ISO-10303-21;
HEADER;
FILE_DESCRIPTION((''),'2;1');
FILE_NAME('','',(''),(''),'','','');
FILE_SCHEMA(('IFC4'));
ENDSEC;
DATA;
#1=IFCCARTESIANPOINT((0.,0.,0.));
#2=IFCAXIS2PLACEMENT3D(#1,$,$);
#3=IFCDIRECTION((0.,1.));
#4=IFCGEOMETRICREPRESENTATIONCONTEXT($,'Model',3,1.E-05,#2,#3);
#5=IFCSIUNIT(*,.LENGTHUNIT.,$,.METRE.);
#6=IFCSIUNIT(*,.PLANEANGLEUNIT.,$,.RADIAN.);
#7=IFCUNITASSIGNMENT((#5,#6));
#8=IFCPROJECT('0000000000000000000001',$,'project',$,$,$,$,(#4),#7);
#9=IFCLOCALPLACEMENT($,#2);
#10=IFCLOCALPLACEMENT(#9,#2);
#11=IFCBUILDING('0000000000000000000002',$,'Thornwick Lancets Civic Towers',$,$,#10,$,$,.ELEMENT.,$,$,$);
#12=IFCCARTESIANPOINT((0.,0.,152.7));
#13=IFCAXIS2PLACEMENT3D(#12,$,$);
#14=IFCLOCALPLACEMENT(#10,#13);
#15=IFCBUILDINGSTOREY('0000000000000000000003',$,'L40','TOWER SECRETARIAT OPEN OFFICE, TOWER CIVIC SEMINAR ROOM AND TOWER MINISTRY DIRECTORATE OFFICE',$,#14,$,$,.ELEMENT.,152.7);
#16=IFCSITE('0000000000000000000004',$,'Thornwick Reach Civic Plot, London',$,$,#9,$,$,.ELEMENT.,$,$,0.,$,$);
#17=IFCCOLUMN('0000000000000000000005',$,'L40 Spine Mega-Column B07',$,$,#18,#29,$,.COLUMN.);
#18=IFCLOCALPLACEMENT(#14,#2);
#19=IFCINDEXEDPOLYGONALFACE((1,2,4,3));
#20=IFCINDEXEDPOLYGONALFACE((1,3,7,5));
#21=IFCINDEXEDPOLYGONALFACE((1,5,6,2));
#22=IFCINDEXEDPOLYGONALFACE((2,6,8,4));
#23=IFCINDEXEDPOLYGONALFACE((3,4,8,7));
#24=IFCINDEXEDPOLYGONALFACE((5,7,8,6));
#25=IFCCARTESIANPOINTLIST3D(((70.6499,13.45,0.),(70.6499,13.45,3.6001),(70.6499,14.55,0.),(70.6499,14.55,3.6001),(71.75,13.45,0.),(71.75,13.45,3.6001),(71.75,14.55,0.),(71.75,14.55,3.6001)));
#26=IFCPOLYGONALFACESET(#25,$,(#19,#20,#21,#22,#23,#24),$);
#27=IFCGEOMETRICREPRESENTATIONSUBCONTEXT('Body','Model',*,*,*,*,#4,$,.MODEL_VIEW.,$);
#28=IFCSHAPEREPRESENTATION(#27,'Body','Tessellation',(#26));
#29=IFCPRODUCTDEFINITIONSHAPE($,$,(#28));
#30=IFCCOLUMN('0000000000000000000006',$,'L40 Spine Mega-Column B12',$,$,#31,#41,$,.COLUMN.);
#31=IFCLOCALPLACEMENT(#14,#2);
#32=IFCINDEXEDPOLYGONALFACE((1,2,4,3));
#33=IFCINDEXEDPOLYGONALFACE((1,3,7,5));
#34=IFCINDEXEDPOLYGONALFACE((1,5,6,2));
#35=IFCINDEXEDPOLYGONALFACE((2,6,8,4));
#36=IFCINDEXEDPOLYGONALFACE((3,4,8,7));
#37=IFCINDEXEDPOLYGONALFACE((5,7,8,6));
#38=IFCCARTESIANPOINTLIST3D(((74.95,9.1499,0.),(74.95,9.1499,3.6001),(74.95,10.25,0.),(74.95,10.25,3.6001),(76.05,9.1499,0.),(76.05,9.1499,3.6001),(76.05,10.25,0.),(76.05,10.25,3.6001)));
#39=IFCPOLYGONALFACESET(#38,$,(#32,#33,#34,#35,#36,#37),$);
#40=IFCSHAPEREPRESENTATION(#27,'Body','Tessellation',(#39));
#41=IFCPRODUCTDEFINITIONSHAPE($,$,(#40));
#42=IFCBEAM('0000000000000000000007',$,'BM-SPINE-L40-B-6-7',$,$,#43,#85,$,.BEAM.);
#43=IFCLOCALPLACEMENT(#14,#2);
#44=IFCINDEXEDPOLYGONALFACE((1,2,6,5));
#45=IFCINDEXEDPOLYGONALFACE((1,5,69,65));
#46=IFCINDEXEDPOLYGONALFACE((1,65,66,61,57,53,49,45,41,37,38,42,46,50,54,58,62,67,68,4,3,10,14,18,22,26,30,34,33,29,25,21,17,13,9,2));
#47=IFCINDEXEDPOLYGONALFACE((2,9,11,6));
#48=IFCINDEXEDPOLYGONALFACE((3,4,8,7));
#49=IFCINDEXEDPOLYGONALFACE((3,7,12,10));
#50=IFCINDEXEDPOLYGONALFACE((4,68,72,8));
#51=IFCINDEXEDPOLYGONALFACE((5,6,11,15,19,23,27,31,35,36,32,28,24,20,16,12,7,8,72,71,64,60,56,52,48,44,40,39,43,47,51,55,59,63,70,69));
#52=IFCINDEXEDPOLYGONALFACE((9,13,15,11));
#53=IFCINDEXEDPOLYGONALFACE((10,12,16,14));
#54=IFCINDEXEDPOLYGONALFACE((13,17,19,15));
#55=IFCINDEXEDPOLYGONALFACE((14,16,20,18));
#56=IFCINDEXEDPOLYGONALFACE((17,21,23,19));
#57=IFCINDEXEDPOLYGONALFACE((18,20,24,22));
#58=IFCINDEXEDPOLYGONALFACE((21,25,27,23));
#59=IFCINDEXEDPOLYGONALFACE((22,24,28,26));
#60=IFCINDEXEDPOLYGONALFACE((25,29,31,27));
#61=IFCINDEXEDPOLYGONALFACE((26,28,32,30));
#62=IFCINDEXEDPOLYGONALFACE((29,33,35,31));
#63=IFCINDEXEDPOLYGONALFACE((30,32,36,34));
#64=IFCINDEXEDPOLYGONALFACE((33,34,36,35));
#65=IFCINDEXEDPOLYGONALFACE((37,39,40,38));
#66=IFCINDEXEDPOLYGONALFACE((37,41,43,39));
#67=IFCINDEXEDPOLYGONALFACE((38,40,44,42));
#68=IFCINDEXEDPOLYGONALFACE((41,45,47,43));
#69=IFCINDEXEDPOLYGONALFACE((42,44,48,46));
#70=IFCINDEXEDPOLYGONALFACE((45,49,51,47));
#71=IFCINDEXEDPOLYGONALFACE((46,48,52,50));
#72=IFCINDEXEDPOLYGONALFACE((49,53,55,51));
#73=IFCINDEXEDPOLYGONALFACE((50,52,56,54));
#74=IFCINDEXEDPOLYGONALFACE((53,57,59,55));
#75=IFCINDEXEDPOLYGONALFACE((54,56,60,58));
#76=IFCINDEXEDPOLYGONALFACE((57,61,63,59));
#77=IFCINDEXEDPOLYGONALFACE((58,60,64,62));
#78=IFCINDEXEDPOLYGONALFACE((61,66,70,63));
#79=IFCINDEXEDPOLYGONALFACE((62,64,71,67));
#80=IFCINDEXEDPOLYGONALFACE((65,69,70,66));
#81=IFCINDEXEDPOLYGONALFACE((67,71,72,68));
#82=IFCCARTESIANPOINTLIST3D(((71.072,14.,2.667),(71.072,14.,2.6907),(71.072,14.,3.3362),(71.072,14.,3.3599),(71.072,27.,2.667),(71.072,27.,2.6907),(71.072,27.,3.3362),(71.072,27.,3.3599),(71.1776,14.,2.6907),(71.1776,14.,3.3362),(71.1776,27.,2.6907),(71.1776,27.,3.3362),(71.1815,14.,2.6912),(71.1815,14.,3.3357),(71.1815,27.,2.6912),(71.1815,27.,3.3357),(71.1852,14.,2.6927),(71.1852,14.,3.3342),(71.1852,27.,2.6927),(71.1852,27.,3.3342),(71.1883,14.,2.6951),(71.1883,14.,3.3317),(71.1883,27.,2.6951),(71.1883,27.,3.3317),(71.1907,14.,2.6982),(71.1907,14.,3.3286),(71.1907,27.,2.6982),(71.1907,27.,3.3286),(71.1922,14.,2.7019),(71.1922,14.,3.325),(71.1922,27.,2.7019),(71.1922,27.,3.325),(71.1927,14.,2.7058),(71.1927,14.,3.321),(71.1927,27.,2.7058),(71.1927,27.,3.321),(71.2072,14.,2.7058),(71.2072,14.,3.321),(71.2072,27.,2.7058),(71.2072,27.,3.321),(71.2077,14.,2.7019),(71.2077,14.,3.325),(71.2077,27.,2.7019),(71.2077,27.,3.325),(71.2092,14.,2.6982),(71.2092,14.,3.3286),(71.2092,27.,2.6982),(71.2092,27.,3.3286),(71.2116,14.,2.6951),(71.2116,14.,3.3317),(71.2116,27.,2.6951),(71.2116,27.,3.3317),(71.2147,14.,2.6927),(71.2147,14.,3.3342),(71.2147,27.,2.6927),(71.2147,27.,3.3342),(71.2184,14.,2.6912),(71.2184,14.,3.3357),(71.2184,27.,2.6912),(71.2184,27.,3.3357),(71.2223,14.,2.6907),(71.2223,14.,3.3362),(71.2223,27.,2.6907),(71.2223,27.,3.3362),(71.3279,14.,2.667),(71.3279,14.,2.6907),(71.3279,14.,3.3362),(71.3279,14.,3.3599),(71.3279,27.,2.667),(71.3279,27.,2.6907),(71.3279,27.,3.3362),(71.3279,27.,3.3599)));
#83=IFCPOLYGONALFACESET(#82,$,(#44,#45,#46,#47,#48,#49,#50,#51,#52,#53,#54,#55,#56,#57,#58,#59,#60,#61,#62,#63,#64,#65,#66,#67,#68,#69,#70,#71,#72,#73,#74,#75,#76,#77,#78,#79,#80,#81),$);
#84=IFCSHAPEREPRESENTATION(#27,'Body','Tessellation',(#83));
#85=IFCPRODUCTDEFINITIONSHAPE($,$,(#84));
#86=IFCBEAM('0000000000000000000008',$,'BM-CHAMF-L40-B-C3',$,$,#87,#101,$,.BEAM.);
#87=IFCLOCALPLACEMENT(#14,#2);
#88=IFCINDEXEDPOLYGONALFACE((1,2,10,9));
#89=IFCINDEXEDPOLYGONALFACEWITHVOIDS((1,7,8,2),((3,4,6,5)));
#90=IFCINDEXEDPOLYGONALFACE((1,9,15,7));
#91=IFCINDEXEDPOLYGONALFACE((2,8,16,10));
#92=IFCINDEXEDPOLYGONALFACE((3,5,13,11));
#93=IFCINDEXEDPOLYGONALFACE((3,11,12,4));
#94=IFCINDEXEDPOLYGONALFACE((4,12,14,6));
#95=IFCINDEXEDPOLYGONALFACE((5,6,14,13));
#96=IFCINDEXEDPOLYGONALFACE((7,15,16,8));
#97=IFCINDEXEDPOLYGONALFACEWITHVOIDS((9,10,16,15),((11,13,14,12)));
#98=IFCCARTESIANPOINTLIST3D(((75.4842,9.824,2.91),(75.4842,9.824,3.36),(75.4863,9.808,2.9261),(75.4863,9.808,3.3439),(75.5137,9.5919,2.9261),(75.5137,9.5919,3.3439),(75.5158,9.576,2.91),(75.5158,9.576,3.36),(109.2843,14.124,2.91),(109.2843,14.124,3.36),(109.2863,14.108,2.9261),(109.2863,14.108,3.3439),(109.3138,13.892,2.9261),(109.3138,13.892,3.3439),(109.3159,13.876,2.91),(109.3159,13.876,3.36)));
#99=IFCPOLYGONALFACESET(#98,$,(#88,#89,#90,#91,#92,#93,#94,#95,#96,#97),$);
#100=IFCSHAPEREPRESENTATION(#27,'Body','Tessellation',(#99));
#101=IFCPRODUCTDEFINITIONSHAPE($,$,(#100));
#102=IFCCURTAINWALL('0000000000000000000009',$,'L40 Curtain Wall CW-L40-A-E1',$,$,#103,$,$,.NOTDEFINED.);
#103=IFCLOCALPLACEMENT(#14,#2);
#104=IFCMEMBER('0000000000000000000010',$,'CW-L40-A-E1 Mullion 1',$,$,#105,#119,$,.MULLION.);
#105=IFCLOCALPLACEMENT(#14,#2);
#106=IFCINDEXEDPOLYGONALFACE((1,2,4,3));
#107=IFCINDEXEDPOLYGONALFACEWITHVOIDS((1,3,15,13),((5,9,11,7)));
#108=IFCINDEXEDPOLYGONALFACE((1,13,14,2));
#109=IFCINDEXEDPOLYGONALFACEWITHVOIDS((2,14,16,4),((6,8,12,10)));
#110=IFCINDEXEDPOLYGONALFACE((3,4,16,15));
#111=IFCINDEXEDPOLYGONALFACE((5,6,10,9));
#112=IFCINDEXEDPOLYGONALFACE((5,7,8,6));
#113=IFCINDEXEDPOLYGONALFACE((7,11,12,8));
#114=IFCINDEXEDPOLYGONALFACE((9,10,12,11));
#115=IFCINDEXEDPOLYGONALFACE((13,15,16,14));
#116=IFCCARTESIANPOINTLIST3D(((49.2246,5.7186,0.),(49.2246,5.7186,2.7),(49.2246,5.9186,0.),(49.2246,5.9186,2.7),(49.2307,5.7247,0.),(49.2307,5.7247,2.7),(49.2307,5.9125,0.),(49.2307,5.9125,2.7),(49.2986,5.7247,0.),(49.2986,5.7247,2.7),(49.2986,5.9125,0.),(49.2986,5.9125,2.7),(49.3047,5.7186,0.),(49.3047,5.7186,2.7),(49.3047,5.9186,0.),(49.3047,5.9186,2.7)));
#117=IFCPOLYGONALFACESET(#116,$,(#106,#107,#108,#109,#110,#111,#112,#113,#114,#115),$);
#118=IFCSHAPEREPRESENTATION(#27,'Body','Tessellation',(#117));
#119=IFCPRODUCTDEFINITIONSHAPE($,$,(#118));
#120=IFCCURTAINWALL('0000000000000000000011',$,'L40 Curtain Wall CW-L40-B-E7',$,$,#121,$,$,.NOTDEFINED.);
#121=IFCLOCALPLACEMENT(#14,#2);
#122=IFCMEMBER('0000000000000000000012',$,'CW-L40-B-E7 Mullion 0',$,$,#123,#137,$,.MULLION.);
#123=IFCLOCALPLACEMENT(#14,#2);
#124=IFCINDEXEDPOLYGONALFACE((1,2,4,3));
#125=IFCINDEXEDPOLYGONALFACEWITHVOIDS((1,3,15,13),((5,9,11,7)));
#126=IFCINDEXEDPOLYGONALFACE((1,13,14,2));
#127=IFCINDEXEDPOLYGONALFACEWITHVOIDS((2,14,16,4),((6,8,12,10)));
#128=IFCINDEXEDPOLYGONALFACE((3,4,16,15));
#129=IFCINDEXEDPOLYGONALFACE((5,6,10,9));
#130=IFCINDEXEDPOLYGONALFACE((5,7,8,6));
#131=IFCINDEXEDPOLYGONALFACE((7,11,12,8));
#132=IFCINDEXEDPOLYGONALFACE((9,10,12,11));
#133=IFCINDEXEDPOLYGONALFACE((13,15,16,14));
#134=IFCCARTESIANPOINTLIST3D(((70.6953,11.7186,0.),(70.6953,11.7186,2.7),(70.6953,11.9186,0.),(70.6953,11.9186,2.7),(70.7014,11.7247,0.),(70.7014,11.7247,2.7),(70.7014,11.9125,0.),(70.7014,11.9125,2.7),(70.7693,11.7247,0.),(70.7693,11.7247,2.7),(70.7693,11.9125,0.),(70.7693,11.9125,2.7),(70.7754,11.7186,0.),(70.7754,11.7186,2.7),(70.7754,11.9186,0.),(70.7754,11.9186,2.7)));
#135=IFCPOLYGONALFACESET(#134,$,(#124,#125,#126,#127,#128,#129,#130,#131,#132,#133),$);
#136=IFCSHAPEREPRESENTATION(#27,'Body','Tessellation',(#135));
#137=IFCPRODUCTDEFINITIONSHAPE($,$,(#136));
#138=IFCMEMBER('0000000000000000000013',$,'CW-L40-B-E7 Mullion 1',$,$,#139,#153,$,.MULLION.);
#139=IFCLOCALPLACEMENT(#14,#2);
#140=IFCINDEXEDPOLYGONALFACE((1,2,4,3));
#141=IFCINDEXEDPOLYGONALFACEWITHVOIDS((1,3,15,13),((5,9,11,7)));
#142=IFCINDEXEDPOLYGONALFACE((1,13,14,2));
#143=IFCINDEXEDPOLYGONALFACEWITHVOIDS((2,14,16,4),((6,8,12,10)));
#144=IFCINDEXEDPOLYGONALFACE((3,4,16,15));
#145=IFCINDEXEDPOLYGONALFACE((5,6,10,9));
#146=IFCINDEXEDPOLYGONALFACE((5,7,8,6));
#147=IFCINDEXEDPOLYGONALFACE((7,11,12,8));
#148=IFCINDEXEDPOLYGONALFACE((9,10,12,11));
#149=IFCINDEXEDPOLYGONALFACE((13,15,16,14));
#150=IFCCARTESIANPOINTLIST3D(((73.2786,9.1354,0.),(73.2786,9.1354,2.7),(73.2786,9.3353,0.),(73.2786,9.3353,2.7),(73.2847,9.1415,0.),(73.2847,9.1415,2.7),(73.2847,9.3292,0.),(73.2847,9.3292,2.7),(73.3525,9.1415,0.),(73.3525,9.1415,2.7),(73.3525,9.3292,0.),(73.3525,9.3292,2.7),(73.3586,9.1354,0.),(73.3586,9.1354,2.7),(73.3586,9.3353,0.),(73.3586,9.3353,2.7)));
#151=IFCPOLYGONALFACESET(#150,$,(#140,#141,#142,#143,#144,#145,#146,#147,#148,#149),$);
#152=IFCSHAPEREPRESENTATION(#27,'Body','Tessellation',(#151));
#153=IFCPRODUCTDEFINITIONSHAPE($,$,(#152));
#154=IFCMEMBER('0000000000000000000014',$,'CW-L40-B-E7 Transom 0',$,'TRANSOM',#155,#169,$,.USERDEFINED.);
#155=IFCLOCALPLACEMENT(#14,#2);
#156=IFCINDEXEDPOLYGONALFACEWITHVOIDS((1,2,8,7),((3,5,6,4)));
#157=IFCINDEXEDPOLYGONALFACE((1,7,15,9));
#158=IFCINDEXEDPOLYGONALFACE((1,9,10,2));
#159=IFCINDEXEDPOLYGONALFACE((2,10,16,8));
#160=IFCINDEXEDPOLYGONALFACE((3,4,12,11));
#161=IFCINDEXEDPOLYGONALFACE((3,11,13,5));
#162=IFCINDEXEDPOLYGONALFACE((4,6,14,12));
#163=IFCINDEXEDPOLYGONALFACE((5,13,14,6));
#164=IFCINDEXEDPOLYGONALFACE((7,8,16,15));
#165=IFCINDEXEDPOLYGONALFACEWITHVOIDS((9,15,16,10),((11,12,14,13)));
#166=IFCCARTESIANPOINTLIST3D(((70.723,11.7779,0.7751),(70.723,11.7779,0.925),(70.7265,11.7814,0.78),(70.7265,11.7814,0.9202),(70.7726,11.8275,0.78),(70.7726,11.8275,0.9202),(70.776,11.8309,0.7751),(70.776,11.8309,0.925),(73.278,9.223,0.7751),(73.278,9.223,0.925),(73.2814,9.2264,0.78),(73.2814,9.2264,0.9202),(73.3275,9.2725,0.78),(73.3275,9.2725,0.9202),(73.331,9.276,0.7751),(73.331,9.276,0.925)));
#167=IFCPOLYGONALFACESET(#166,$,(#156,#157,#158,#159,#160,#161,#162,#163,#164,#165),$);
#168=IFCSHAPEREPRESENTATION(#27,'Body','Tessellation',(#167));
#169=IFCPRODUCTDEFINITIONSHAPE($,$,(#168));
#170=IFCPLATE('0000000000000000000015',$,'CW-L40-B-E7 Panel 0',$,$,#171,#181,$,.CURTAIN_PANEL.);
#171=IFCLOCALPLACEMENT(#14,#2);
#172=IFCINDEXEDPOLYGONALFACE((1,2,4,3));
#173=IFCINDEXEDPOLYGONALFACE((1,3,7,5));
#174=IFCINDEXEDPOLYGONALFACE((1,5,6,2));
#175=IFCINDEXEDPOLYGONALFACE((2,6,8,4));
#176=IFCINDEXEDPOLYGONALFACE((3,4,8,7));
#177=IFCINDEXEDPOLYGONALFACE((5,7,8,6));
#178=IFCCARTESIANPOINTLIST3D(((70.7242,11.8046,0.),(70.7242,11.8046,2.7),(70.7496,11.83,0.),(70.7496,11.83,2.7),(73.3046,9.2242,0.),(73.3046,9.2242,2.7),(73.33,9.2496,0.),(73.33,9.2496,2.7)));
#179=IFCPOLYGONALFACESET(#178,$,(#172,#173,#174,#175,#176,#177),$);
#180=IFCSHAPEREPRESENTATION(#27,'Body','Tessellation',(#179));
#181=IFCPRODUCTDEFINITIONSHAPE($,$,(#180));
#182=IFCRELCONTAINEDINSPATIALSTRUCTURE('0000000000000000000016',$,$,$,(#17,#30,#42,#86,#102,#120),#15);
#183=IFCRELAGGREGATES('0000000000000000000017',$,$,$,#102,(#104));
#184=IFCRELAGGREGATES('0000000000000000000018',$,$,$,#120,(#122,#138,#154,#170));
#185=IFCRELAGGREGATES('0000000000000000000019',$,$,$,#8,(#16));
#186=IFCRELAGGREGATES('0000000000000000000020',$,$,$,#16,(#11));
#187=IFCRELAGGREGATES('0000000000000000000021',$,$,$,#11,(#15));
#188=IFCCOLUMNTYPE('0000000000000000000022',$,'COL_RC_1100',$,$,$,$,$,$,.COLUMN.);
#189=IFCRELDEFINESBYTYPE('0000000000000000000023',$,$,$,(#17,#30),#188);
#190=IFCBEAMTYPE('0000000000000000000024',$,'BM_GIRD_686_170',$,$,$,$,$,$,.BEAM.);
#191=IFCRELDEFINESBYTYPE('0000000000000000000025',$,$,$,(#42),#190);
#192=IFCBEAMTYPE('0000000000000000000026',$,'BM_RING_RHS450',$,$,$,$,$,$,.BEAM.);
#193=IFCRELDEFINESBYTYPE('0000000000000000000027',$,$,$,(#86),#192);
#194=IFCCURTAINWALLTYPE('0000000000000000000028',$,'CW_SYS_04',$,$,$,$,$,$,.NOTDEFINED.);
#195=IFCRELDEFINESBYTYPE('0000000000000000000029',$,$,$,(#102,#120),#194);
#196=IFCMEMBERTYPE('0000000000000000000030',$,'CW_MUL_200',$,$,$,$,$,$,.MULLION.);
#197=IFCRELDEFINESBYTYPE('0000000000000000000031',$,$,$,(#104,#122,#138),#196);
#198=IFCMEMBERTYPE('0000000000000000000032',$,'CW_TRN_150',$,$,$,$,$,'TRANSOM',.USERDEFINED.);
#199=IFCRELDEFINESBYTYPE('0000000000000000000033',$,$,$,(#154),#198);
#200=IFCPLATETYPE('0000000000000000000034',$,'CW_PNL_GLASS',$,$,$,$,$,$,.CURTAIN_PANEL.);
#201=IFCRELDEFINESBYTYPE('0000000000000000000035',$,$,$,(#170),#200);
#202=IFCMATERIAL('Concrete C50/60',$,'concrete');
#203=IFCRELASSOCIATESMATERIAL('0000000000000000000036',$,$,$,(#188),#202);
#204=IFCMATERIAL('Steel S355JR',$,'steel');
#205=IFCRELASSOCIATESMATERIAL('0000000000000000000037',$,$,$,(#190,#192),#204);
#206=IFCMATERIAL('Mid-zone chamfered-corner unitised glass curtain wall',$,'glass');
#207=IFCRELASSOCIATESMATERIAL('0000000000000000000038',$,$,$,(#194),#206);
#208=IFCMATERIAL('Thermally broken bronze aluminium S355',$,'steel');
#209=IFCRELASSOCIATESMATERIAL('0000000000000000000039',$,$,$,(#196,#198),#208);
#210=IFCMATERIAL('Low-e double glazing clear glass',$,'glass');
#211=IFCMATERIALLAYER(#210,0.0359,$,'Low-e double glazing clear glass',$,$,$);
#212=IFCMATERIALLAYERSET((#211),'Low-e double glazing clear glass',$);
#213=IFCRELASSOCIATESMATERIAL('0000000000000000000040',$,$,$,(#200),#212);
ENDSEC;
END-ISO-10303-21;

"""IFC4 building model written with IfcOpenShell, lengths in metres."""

from ifc_helpers import new_model, si_unit, direction, frame, origin, origin_2d, place, context, subcontext, project, spatial, rectangle, hollow_rectangle, i_section, extrude, material, layer, layer_set, material_profile, profile_set, type_object, element, aggregate, save


model = new_model("IFC4")

# Units and contexts
model_context = context("Model", 3, precision=1e-05, world=origin(), true_north=direction((0.0, 1.0)))
body_context = subcontext(model_context, "Body", "Model", "MODEL_VIEW")
ifc_project = project(units=[si_unit("LENGTHUNIT", "METRE"), si_unit("PLANEANGLEUNIT", "RADIAN")], contexts=[model_context])

# Site, building, storey
site_placement = place(None, origin())
site = spatial("IfcSite", under=ifc_project, at=site_placement, Name="Thornwick Reach Civic Plot, London", CompositionType="ELEMENT", RefElevation=0.0)
building_placement = place(site_placement, origin())
building = spatial("IfcBuilding", under=site, at=building_placement, Name="Thornwick Lancets Civic Towers", CompositionType="ELEMENT")
storey_placement = place(building_placement, frame((0.0, 0.0, 152.7)))
storey = spatial("IfcBuildingStorey", under=building, at=storey_placement, Name="L40", Description="TOWER SECRETARIAT OPEN OFFICE, TOWER CIVIC SEMINAR ROOM AND TOWER MINISTRY DIRECTORATE OFFICE", CompositionType="ELEMENT", Elevation=152.7)

# Columns
ifc_material_1 = material(Name="Concrete C50/60", Category="concrete")
ifc_material_profile_1 = material_profile(ifc_material_1, rectangle(XDim=1.1001, YDim=1.1001, at=origin_2d()), Name="RC 1100x1100")
ifc_profile_set_1 = profile_set([ifc_material_profile_1], Name="Concrete C50/60")
column_type = type_object("IfcColumnType", Name="COL_RC_1100", PredefinedType="COLUMN", material=ifc_profile_set_1)
for number, where, z_axis, x_axis, name in (
    (1, (71.2, 14.0, 0.0), (0.0, 0.0, 1.0), (1.0, 0.0, 0.0), "L40 Spine Mega-Column B07"),
    (2, (75.5, 9.7, 0.0), (0.0, 0.0, 1.0), (1.0, 0.0, 0.0), "L40 Spine Mega-Column B12"),
):
    element("IfcColumn", number, at=place(storey_placement, frame(where, z_axis=z_axis, x_axis=x_axis)), inside=storey, type_object=column_type, Name=name, PredefinedType="COLUMN", context=body_context, shape_type="SweptSolid", body=[
        extrude(rectangle(XDim=1.1001, YDim=1.1001, at=origin_2d()), origin(), (0.0, 0.0, 1.0), 3.6001),
    ])

# Beams
ifc_material_2 = material(Name="Steel S355JR", Category="steel")
ifc_material_profile_2 = material_profile(ifc_material_2, i_section(OverallWidth=0.2559, OverallDepth=0.6929, WebThickness=0.0144, FlangeThickness=0.0237, FilletRadius=0.0151, at=origin_2d()), Name="UKB 686x254x170")
ifc_profile_set_2 = profile_set([ifc_material_profile_2], Name="Steel S355JR")
beam_type_1 = type_object("IfcBeamType", Name="BM_GIRD_686_170", PredefinedType="BEAM", material=ifc_profile_set_2)
beam_1_placement = place(storey_placement, frame((71.2, 14.0, 3.0134), z_axis=(0.0, 1.0, 0.0), x_axis=(-1.0, 0.0, 0.0)))
element("IfcBeam", 3, at=beam_1_placement, inside=storey, type_object=beam_type_1, Name="BM-SPINE-L40-B-6-7", PredefinedType="BEAM", context=body_context, shape_type="SweptSolid", body=[
    extrude(i_section(OverallWidth=0.2559, OverallDepth=0.6929, WebThickness=0.0144, FlangeThickness=0.0237, FilletRadius=0.0151, at=origin_2d()), origin(), (0.0, 0.0, 1.0), 13.0),
])
ifc_material_profile_3 = material_profile(ifc_material_2, hollow_rectangle(XDim=0.25, YDim=0.45, WallThickness=0.0161, at=origin_2d()), Name="RHS 450x250x16")
ifc_profile_set_3 = profile_set([ifc_material_profile_3], Name="Steel S355JR")
beam_type_2 = type_object("IfcBeamType", Name="BM_RING_RHS450", PredefinedType="BEAM", material=ifc_profile_set_3)
beam_2_placement = place(storey_placement, frame((75.5, 9.7, 3.135), z_axis=(0.992004, 0.126203, 0.0), x_axis=(-0.126203, 0.992004, 0.0)))
element("IfcBeam", 4, at=beam_2_placement, inside=storey, type_object=beam_type_2, Name="BM-CHAMF-L40-B-C3", PredefinedType="BEAM", context=body_context, shape_type="SweptSolid", body=[
    extrude(hollow_rectangle(XDim=0.25, YDim=0.45, WallThickness=0.0161, at=origin_2d()), origin(), (0.0, 0.0, 1.0), 34.0725),
])

# Curtain wall, member
ifc_material_3 = material(Name="Mid-zone chamfered-corner unitised glass curtain wall", Category="glass")
curtain_wall_type = type_object("IfcCurtainWallType", Name="CW_SYS_04", PredefinedType="NOTDEFINED", material=ifc_material_3)
curtain_wall_1_placement = place(storey_placement, origin())
curtain_wall_1 = element("IfcCurtainWall", 5, at=curtain_wall_1_placement, inside=storey, type_object=curtain_wall_type, Name="L40 Curtain Wall CW-L40-A-E1", PredefinedType="NOTDEFINED")
ifc_material_4 = material(Name="Thermally broken bronze aluminium S355", Category="steel")
ifc_material_profile_4 = material_profile(ifc_material_4, hollow_rectangle(XDim=0.0801, YDim=0.2, WallThickness=0.0061, at=origin_2d()), Name="RHS 200x80x6")
ifc_profile_set_4 = profile_set([ifc_material_profile_4], Name="Thermally broken bronze aluminium S355")
member_type_1 = type_object("IfcMemberType", Name="CW_MUL_200", PredefinedType="MULLION", material=ifc_profile_set_4)
member_1_placement = place(storey_placement, frame((49.2646, 5.8186, 0.0), z_axis=(0.0, 0.0, 1.0), x_axis=(1.0, 0.0, 0.0)))
member_1 = element("IfcMember", 6, at=member_1_placement, type_object=member_type_1, Name="CW-L40-A-E1 Mullion 1", PredefinedType="MULLION", context=body_context, shape_type="SweptSolid", body=[
    extrude(hollow_rectangle(XDim=0.0801, YDim=0.2, WallThickness=0.0061, at=origin_2d()), origin(), (0.0, 0.0, 1.0), 2.7),
])
aggregate(curtain_wall_1, [member_1])

# Curtain wall, members, plate
curtain_wall_2_placement = place(storey_placement, origin())
curtain_wall_2 = element("IfcCurtainWall", 7, at=curtain_wall_2_placement, inside=storey, type_object=curtain_wall_type, Name="L40 Curtain Wall CW-L40-B-E7", PredefinedType="NOTDEFINED")
member_2_placement = place(storey_placement, frame((70.7354, 11.8186, 0.0), z_axis=(0.0, 0.0, 1.0), x_axis=(1.0, 0.0, 0.0)))
member_2 = element("IfcMember", 8, at=member_2_placement, type_object=member_type_1, Name="CW-L40-B-E7 Mullion 0", PredefinedType="MULLION", context=body_context, shape_type="SweptSolid", body=[
    extrude(hollow_rectangle(XDim=0.0801, YDim=0.2, WallThickness=0.0061, at=origin_2d()), origin(), (0.0, 0.0, 1.0), 2.7),
])
member_3_placement = place(storey_placement, frame((73.3186, 9.2354, 0.0), z_axis=(0.0, 0.0, 1.0), x_axis=(1.0, 0.0, 0.0)))
member_3 = element("IfcMember", 9, at=member_3_placement, type_object=member_type_1, Name="CW-L40-B-E7 Mullion 1", PredefinedType="MULLION", context=body_context, shape_type="SweptSolid", body=[
    extrude(hollow_rectangle(XDim=0.0801, YDim=0.2, WallThickness=0.0061, at=origin_2d()), origin(), (0.0, 0.0, 1.0), 2.7),
])
ifc_material_profile_5 = material_profile(ifc_material_4, hollow_rectangle(XDim=0.075, YDim=0.1499, WallThickness=0.0049, at=origin_2d()), Name="RHS 150x75x5")
ifc_profile_set_5 = profile_set([ifc_material_profile_5], Name="Thermally broken bronze aluminium S355")
member_type_2 = type_object("IfcMemberType", Name="CW_TRN_150", ElementType="TRANSOM", PredefinedType="USERDEFINED", material=ifc_profile_set_5)
member_4_placement = place(storey_placement, frame((70.7495, 11.8044, 0.8501), z_axis=(0.707107, -0.707107, 0.0), x_axis=(0.707107, 0.707107, 0.0)))
member_4 = element("IfcMember", 10, at=member_4_placement, type_object=member_type_2, Name="CW-L40-B-E7 Transom 0", ObjectType="TRANSOM", PredefinedType="USERDEFINED", context=body_context, shape_type="SweptSolid", body=[
    extrude(hollow_rectangle(XDim=0.075, YDim=0.1499, WallThickness=0.0049, at=origin_2d()), origin(), (0.0, 0.0, 1.0), 3.6133),
])
ifc_material_5 = material(Name="Low-e double glazing clear glass", Category="glass")
ifc_layer_1 = layer(ifc_material_5, 0.0359, Name="Low-e double glazing clear glass")
ifc_layer_set_1 = layer_set([ifc_layer_1], Name="Low-e double glazing clear glass")
plate_type = type_object("IfcPlateType", Name="CW_PNL_GLASS", PredefinedType="CURTAIN_PANEL", material=ifc_layer_set_1)
plate_placement = place(storey_placement, frame((72.0271, 10.5271, 0.0), z_axis=(0.0, 0.0, 1.0), x_axis=(0.707107, -0.707107, 0.0)))
plate = element("IfcPlate", 11, at=plate_placement, type_object=plate_type, Name="CW-L40-B-E7 Panel 0", PredefinedType="CURTAIN_PANEL", context=body_context, shape_type="SweptSolid", body=[
    extrude(rectangle(XDim=3.6492, YDim=0.0359, at=origin_2d()), origin(), (0.0, 0.0, 1.0), 2.7),
])
aggregate(curtain_wall_2, [member_2, member_3, member_4, plate])

save(model, "model.ifc")
